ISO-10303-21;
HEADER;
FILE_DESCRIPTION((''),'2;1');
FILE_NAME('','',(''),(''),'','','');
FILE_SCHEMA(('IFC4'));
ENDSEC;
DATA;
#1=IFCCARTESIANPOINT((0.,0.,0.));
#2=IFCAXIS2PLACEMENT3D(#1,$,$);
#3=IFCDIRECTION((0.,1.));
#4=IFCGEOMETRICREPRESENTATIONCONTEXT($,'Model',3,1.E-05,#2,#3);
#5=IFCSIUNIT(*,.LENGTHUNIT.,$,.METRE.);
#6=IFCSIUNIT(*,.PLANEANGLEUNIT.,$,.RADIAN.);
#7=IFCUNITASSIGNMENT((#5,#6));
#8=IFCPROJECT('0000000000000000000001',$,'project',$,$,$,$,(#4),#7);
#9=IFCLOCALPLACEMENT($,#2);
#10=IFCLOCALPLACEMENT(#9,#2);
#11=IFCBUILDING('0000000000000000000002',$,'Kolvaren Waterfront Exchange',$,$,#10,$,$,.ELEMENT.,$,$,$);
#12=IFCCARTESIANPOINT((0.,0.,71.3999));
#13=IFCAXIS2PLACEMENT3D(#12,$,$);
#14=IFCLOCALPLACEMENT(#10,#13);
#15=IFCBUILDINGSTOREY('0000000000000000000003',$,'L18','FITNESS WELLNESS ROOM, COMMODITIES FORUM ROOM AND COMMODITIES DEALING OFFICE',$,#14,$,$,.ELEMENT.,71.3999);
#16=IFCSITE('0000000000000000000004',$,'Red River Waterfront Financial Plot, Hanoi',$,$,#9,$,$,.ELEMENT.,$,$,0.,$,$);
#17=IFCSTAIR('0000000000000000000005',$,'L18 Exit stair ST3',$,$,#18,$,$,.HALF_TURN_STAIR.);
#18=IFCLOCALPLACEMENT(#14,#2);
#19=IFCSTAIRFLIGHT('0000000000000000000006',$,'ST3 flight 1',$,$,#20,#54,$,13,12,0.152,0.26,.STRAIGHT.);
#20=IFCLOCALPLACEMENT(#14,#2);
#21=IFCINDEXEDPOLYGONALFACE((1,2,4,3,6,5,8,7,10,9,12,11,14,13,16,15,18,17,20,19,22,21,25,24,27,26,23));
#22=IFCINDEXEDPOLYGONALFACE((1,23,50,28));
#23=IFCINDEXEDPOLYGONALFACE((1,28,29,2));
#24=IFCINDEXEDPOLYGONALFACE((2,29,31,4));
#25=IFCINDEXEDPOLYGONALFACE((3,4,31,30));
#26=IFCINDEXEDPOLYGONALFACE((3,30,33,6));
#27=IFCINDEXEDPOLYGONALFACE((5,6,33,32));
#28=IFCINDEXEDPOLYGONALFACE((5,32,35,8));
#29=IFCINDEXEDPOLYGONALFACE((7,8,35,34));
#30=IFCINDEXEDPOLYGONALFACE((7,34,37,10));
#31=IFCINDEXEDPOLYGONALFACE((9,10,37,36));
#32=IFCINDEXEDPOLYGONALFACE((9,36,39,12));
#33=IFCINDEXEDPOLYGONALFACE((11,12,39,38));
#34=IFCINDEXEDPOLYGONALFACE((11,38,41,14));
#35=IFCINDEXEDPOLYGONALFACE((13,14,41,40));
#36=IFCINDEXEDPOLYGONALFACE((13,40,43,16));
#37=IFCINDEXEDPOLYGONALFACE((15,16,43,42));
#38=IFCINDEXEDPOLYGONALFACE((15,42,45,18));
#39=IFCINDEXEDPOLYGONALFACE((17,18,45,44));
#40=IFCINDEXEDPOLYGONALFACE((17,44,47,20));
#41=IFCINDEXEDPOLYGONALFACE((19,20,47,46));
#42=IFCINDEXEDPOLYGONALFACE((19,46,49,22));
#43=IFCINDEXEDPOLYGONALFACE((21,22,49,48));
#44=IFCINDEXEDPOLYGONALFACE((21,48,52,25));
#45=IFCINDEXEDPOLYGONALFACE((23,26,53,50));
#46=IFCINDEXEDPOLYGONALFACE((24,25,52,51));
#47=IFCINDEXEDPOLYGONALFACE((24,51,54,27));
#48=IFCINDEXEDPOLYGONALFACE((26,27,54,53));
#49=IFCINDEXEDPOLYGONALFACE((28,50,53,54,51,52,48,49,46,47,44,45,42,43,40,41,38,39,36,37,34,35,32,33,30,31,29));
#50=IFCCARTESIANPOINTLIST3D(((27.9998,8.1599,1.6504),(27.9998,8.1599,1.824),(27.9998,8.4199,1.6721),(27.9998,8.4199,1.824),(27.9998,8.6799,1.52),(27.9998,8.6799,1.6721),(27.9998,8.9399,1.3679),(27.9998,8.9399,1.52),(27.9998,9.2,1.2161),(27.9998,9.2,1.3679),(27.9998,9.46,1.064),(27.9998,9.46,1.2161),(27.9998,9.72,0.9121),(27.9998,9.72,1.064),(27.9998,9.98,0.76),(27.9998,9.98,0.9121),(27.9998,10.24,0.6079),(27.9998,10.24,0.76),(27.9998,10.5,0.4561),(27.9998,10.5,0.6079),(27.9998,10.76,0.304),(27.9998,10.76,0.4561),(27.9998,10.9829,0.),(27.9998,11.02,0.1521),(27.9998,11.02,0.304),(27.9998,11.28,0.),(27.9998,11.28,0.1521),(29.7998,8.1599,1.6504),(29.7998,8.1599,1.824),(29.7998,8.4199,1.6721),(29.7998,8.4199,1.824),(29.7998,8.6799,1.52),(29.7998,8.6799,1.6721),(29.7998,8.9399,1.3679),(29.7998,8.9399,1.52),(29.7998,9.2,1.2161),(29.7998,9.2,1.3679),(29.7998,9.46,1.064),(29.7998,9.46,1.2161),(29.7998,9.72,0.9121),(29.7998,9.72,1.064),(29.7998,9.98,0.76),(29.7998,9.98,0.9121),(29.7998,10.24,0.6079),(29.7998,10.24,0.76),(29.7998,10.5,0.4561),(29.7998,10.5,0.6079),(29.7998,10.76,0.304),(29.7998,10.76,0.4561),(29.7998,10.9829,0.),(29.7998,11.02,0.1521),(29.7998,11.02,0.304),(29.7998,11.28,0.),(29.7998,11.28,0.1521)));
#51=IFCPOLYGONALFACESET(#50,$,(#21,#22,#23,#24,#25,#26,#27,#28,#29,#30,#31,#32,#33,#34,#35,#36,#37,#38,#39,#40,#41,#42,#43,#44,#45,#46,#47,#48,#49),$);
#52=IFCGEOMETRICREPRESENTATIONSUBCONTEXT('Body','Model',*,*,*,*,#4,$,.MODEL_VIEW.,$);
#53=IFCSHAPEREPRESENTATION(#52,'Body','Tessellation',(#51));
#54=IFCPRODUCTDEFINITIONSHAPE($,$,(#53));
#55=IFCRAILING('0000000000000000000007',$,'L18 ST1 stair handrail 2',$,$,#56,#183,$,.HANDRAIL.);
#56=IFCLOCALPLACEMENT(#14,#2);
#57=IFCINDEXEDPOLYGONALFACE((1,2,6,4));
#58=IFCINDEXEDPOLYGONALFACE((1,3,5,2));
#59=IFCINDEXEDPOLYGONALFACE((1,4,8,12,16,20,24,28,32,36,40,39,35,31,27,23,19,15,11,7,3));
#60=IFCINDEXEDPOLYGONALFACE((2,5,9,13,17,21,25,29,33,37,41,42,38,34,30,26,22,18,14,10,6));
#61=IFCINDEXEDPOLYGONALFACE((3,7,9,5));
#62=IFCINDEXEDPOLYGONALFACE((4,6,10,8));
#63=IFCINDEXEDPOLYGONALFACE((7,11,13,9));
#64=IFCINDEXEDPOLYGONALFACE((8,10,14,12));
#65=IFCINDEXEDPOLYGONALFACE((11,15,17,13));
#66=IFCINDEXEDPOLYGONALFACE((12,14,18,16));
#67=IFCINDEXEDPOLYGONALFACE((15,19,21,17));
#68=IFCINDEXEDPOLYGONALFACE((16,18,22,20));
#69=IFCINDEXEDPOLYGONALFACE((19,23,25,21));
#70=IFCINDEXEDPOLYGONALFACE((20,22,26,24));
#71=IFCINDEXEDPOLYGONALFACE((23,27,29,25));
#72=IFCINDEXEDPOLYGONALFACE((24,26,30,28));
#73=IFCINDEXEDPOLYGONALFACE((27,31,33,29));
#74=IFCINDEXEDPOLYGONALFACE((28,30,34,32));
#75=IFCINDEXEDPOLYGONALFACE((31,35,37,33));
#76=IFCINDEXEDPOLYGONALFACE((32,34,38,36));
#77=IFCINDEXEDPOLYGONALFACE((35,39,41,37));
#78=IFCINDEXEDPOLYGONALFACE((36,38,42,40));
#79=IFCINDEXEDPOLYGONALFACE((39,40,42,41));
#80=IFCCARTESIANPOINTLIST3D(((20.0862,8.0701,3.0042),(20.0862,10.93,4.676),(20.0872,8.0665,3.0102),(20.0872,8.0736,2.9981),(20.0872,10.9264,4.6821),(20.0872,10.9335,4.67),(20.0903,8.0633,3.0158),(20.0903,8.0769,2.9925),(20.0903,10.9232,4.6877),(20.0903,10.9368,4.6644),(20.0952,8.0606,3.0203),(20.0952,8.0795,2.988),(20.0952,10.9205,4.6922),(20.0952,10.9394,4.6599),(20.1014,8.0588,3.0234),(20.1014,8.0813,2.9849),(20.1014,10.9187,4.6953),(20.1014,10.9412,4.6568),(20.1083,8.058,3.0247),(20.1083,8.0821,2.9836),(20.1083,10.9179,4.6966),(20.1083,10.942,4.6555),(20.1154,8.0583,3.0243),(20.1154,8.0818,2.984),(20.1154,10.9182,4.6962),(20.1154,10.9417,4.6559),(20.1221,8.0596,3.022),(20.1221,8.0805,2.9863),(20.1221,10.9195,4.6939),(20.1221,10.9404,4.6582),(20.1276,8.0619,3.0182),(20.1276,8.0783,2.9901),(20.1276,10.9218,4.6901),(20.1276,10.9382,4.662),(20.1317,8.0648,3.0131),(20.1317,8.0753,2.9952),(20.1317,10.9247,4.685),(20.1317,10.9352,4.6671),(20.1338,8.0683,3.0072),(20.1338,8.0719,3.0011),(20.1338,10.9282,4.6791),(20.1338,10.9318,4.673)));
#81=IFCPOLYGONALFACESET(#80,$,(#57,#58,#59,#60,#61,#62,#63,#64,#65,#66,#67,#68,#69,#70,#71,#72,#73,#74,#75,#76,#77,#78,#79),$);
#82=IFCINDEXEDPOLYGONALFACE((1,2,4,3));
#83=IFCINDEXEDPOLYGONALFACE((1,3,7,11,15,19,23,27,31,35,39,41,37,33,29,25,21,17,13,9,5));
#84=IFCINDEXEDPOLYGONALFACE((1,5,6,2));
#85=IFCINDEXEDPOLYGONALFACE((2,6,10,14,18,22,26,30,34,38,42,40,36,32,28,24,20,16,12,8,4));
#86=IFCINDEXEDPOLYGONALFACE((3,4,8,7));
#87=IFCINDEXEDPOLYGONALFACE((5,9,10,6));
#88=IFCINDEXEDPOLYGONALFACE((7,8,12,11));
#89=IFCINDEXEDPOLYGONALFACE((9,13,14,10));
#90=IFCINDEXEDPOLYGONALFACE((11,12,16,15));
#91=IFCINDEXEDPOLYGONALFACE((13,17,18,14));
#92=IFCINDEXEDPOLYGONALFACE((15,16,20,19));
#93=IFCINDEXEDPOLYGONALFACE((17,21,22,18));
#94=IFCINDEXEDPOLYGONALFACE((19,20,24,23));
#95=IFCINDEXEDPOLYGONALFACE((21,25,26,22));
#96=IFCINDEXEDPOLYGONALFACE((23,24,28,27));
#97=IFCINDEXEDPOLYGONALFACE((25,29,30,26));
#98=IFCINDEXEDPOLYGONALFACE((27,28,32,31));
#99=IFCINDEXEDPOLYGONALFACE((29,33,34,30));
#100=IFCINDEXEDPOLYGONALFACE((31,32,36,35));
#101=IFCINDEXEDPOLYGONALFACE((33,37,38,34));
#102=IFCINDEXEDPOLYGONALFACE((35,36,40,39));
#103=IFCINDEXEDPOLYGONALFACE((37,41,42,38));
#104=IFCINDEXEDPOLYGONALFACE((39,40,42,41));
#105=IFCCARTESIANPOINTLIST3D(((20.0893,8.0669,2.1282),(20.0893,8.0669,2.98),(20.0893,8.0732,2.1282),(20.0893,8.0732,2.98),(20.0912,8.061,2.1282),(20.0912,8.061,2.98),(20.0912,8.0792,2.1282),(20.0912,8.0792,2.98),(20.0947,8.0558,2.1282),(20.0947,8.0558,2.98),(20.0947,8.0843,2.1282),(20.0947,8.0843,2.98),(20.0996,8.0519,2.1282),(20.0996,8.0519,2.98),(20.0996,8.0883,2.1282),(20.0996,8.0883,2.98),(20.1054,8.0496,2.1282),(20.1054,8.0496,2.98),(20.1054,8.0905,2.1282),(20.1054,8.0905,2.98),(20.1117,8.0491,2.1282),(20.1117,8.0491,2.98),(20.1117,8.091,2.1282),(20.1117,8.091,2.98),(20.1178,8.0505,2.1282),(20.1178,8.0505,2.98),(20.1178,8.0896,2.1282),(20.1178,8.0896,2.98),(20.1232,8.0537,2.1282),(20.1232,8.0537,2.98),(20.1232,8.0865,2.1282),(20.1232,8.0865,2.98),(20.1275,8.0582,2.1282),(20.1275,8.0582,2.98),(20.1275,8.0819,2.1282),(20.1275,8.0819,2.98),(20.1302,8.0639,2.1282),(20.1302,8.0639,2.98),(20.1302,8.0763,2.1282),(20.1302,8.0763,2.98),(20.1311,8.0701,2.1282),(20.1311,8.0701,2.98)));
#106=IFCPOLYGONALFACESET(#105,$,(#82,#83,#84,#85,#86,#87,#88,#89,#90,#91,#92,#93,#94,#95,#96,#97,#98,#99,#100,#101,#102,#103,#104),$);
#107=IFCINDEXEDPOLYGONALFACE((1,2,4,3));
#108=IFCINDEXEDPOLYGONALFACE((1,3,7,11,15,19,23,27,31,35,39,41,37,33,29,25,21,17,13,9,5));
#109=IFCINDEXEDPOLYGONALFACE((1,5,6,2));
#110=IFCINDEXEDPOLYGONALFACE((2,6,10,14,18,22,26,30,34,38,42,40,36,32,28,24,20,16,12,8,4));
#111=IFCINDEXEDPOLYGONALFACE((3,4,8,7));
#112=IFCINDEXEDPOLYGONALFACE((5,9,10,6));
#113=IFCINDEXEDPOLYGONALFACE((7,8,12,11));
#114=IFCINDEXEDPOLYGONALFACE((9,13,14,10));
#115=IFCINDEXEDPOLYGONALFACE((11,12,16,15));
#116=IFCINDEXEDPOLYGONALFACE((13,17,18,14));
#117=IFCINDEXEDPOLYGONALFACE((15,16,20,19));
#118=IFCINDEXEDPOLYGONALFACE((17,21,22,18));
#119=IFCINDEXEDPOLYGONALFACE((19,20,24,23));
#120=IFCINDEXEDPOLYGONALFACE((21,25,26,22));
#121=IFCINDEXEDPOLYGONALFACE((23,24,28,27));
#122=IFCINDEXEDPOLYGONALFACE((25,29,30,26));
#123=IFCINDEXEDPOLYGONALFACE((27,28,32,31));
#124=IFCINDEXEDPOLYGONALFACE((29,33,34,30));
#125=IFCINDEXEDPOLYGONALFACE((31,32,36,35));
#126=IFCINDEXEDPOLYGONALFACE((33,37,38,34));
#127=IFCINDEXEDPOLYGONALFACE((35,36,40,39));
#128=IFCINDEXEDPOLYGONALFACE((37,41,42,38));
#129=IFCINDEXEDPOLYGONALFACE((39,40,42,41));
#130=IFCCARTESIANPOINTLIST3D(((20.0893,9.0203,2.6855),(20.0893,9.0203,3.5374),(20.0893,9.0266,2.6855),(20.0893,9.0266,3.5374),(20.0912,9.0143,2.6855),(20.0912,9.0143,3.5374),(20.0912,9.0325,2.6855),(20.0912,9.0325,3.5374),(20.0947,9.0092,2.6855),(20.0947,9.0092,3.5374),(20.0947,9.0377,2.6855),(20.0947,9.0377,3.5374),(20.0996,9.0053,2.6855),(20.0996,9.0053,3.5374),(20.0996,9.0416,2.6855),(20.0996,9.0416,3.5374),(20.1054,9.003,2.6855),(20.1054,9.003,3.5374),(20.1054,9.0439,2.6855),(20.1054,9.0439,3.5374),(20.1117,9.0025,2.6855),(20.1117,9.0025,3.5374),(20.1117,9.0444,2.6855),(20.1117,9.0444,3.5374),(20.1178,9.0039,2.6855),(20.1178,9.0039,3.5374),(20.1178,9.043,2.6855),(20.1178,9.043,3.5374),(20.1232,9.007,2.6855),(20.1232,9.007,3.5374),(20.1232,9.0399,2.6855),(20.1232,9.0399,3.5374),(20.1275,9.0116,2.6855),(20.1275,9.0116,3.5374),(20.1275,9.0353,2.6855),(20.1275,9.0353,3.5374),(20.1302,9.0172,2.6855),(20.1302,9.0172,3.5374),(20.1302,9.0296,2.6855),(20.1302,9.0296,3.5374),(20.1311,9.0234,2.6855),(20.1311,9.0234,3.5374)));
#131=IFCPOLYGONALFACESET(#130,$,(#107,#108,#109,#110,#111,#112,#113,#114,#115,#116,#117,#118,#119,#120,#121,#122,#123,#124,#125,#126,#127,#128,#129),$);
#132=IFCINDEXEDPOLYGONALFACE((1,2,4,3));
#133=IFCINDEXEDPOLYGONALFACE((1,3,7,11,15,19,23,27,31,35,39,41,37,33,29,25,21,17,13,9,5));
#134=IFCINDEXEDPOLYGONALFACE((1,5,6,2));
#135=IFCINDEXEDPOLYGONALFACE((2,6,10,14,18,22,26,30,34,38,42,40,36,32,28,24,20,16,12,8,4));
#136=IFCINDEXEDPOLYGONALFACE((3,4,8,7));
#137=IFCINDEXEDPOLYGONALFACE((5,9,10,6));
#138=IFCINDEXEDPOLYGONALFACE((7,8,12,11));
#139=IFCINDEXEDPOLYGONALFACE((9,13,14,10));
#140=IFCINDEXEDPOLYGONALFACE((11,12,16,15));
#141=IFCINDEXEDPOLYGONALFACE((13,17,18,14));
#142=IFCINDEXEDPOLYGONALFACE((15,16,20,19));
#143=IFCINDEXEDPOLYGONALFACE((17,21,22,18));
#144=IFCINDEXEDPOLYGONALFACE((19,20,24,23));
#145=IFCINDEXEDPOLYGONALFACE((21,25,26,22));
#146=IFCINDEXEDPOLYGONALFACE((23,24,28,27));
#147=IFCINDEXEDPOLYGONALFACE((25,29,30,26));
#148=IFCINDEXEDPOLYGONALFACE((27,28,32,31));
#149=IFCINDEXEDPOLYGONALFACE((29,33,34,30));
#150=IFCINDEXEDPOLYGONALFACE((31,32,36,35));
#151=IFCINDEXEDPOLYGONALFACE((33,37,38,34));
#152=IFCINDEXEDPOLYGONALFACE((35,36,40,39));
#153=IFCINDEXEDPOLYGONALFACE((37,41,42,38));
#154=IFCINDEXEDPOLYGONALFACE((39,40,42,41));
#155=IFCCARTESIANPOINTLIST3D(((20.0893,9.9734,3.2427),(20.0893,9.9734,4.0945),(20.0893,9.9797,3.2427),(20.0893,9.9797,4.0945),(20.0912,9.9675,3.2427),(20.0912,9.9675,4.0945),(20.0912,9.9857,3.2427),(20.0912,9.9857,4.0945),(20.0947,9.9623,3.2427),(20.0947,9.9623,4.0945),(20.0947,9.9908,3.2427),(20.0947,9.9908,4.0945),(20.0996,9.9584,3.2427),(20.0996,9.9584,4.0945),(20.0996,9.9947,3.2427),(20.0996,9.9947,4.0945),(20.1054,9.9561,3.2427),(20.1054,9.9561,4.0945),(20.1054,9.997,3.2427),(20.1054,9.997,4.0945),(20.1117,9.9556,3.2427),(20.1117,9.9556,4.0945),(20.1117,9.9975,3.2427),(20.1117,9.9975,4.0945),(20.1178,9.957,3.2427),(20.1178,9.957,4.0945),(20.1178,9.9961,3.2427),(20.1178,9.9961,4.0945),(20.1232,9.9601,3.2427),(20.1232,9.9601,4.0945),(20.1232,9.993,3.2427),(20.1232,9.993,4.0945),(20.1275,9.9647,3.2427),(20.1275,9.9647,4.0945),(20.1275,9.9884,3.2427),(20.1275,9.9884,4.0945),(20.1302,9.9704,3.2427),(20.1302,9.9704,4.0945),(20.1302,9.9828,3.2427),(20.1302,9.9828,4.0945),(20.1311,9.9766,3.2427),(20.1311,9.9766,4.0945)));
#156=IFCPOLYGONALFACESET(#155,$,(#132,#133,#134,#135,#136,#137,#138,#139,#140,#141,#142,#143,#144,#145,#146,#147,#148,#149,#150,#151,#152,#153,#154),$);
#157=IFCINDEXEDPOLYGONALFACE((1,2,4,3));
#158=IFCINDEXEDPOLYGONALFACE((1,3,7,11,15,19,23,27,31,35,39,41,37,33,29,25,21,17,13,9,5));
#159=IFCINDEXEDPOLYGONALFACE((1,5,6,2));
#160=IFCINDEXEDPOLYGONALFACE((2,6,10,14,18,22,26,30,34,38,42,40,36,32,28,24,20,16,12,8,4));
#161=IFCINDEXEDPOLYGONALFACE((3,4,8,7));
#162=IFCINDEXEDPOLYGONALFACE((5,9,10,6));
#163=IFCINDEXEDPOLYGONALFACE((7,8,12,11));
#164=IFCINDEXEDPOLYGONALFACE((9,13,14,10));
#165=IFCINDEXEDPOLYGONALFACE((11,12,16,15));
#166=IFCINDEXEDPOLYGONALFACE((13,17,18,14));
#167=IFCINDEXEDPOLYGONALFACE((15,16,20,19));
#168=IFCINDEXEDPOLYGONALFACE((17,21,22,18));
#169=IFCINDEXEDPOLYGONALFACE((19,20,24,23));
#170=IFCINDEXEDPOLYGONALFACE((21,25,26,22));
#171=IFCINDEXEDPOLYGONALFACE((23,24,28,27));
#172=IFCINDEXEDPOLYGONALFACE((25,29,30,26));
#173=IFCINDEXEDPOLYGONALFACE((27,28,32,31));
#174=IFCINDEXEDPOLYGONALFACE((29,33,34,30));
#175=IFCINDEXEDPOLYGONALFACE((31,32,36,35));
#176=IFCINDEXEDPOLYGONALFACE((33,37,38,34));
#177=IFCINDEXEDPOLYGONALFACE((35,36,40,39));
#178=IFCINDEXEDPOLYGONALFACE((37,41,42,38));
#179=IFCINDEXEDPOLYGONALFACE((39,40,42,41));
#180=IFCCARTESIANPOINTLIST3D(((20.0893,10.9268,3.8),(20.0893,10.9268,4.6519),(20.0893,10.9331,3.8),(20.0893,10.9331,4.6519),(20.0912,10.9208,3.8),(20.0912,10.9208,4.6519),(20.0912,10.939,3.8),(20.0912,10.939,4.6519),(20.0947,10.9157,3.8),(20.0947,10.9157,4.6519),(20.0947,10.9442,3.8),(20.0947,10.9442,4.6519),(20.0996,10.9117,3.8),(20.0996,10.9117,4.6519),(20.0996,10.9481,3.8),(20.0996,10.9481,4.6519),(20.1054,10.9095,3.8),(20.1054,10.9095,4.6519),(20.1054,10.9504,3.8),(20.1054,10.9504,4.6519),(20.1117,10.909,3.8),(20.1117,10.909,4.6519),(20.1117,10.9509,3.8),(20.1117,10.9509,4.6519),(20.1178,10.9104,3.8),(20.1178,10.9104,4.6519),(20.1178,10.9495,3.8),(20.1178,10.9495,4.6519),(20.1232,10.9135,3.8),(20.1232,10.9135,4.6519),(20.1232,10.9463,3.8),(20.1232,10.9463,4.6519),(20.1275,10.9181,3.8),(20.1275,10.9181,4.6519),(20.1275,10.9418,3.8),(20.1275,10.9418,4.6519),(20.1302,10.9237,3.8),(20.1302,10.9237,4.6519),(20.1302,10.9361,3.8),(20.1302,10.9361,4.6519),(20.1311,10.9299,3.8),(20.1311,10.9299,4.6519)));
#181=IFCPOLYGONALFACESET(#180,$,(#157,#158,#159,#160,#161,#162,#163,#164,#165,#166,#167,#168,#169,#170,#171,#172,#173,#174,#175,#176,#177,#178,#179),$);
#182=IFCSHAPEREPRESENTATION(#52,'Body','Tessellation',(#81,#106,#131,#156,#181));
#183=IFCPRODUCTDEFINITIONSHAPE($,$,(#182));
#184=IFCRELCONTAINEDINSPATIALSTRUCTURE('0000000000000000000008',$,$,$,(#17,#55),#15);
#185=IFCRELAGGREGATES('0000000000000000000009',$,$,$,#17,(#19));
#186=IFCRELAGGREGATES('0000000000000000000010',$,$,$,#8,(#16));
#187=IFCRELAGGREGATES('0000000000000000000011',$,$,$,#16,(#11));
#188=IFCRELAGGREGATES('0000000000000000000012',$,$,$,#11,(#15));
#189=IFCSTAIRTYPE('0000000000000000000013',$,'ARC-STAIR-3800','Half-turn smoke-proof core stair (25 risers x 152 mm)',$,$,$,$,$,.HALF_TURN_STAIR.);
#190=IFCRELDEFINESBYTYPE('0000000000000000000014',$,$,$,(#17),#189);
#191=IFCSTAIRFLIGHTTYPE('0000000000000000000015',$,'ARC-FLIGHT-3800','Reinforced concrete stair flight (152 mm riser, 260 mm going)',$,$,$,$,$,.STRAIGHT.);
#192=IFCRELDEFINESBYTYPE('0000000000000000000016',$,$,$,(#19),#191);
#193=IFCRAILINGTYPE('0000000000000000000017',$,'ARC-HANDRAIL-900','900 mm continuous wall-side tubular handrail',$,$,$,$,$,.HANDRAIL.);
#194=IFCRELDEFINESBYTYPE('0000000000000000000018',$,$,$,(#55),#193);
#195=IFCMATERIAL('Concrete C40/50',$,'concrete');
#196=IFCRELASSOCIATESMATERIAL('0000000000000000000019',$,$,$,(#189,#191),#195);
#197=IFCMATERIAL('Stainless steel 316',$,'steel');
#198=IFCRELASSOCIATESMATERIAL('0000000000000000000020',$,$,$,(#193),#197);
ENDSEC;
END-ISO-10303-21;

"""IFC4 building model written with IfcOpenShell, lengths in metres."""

from ifc_helpers import new_model, si_unit, direction, frame, origin, origin_2d, place, context, subcontext, project, spatial, polyline, circle, outline, extrude, material, type_object, element, aggregate, save


model = new_model("IFC4")

# Units and contexts
model_context = context("Model", 3, precision=1e-05, world=origin(), true_north=direction((0.0, 1.0)))
body_context = subcontext(model_context, "Body", "Model", "MODEL_VIEW")
ifc_project = project(units=[si_unit("LENGTHUNIT", "METRE"), si_unit("PLANEANGLEUNIT", "RADIAN")], contexts=[model_context])

# Site, building, storey
site_placement = place(None, origin())
site = spatial("IfcSite", under=ifc_project, at=site_placement, Name="Red River Waterfront Financial Plot, Hanoi", CompositionType="ELEMENT", RefElevation=0.0)
building_placement = place(site_placement, origin())
building = spatial("IfcBuilding", under=site, at=building_placement, Name="Kolvaren Waterfront Exchange", CompositionType="ELEMENT")
storey_placement = place(building_placement, frame((0.0, 0.0, 71.3999)))
storey = spatial("IfcBuildingStorey", under=building, at=storey_placement, Name="L18", Description="FITNESS WELLNESS ROOM, COMMODITIES FORUM ROOM AND COMMODITIES DEALING OFFICE", CompositionType="ELEMENT", Elevation=71.3999)

# Shared definitions
ifc_material_1 = material(Name="Concrete C40/50", Category="concrete")

# Stair, stair flight
stair_type = type_object("IfcStairType", Name="ARC-STAIR-3800", Description="Half-turn smoke-proof core stair (25 risers x 152 mm)", PredefinedType="HALF_TURN_STAIR", material=ifc_material_1)
stair_flight_type = type_object("IfcStairFlightType", Name="ARC-FLIGHT-3800", Description="Reinforced concrete stair flight (152 mm riser, 260 mm going)", PredefinedType="STRAIGHT", material=ifc_material_1)
stair_1_placement = place(storey_placement, origin())
stair_1 = element("IfcStair", 1, at=stair_1_placement, inside=storey, type_object=stair_type, Name="L18 Exit stair ST3", PredefinedType="HALF_TURN_STAIR")
stair_flight_1_placement = place(storey_placement, frame((28.8999, 11.28, 0.0), z_axis=(0.0, 0.0, 1.0), x_axis=(0.0, -1.0, 0.0)))
stair_flight_1 = element("IfcStairFlight", 2, at=stair_flight_1_placement, type_object=stair_flight_type, Name="ST3 flight 1", NumberOfRisers=13, NumberOfTreads=12, PredefinedType="STRAIGHT", RiserHeight=0.152, TreadLength=0.26, context=body_context, shape_type="SweptSolid", body=[
    extrude(outline(polyline([(0.0, 0.0), (0.0, 0.1521), (0.26, 0.1521), (0.26, 0.304), (0.52, 0.304), (0.52, 0.4561), (0.78, 0.4561), (0.78, 0.6079), (1.04, 0.6079), (1.04, 0.76), (1.3, 0.76), (1.3, 0.9121), (1.5601, 0.9121), (1.5601, 1.064), (1.8201, 1.064), (1.8201, 1.2161), (2.0801, 1.2161), (2.0801, 1.3679), (2.3401, 1.3679), (2.3401, 1.52), (2.6001, 1.52), (2.6001, 1.6721), (2.8601, 1.6721), (2.8601, 1.824), (3.1201, 1.824), (3.1201, 1.9761), (3.1201, 1.6504), (0.2971, 0.0), (0.0, 0.0)])), frame((0.0, 0.8999, 0.0), z_axis=(0.0, -1.0, 0.0), x_axis=(1.0, 0.0, 0.0)), (0.0, 0.0, 1.0), 1.8),
])
aggregate(stair_1, [stair_flight_1])

# Railing
ifc_material_2 = material(Name="Stainless steel 316", Category="steel")
railing_type_1 = type_object("IfcRailingType", Name="ARC-HANDRAIL-900", Description="900 mm continuous wall-side tubular handrail", PredefinedType="HANDRAIL", material=ifc_material_2)
railing_1_placement = place(storey_placement, frame((20.1101, 8.0701, 2.1282)))
element("IfcRailing", 3, at=railing_1_placement, inside=storey, type_object=railing_type_1, Name="L18 ST1 stair handrail 2", PredefinedType="HANDRAIL", context=body_context, shape_type="SweptSolid", body=[
    extrude(circle(Radius=0.0239, at=origin_2d()), frame((0.0, 0.0, 0.876), z_axis=(0.0, 0.863303, 0.504686), x_axis=(-1.0, 0.0, 0.0)), (0.0, 0.0, 1.0), 3.3127),
    extrude(circle(Radius=0.021, at=origin_2d()), origin(), (0.0, 0.0, 1.0), 0.8518),
    extrude(circle(Radius=0.021, at=origin_2d()), frame((0.0, 0.9534, 0.5574)), (0.0, 0.0, 1.0), 0.8518),
    extrude(circle(Radius=0.021, at=origin_2d()), frame((0.0, 1.9065, 1.1145)), (0.0, 0.0, 1.0), 0.8518),
    extrude(circle(Radius=0.021, at=origin_2d()), frame((0.0, 2.8599, 1.6719)), (0.0, 0.0, 1.0), 0.8518),
])

save(model, "model.ifc")
